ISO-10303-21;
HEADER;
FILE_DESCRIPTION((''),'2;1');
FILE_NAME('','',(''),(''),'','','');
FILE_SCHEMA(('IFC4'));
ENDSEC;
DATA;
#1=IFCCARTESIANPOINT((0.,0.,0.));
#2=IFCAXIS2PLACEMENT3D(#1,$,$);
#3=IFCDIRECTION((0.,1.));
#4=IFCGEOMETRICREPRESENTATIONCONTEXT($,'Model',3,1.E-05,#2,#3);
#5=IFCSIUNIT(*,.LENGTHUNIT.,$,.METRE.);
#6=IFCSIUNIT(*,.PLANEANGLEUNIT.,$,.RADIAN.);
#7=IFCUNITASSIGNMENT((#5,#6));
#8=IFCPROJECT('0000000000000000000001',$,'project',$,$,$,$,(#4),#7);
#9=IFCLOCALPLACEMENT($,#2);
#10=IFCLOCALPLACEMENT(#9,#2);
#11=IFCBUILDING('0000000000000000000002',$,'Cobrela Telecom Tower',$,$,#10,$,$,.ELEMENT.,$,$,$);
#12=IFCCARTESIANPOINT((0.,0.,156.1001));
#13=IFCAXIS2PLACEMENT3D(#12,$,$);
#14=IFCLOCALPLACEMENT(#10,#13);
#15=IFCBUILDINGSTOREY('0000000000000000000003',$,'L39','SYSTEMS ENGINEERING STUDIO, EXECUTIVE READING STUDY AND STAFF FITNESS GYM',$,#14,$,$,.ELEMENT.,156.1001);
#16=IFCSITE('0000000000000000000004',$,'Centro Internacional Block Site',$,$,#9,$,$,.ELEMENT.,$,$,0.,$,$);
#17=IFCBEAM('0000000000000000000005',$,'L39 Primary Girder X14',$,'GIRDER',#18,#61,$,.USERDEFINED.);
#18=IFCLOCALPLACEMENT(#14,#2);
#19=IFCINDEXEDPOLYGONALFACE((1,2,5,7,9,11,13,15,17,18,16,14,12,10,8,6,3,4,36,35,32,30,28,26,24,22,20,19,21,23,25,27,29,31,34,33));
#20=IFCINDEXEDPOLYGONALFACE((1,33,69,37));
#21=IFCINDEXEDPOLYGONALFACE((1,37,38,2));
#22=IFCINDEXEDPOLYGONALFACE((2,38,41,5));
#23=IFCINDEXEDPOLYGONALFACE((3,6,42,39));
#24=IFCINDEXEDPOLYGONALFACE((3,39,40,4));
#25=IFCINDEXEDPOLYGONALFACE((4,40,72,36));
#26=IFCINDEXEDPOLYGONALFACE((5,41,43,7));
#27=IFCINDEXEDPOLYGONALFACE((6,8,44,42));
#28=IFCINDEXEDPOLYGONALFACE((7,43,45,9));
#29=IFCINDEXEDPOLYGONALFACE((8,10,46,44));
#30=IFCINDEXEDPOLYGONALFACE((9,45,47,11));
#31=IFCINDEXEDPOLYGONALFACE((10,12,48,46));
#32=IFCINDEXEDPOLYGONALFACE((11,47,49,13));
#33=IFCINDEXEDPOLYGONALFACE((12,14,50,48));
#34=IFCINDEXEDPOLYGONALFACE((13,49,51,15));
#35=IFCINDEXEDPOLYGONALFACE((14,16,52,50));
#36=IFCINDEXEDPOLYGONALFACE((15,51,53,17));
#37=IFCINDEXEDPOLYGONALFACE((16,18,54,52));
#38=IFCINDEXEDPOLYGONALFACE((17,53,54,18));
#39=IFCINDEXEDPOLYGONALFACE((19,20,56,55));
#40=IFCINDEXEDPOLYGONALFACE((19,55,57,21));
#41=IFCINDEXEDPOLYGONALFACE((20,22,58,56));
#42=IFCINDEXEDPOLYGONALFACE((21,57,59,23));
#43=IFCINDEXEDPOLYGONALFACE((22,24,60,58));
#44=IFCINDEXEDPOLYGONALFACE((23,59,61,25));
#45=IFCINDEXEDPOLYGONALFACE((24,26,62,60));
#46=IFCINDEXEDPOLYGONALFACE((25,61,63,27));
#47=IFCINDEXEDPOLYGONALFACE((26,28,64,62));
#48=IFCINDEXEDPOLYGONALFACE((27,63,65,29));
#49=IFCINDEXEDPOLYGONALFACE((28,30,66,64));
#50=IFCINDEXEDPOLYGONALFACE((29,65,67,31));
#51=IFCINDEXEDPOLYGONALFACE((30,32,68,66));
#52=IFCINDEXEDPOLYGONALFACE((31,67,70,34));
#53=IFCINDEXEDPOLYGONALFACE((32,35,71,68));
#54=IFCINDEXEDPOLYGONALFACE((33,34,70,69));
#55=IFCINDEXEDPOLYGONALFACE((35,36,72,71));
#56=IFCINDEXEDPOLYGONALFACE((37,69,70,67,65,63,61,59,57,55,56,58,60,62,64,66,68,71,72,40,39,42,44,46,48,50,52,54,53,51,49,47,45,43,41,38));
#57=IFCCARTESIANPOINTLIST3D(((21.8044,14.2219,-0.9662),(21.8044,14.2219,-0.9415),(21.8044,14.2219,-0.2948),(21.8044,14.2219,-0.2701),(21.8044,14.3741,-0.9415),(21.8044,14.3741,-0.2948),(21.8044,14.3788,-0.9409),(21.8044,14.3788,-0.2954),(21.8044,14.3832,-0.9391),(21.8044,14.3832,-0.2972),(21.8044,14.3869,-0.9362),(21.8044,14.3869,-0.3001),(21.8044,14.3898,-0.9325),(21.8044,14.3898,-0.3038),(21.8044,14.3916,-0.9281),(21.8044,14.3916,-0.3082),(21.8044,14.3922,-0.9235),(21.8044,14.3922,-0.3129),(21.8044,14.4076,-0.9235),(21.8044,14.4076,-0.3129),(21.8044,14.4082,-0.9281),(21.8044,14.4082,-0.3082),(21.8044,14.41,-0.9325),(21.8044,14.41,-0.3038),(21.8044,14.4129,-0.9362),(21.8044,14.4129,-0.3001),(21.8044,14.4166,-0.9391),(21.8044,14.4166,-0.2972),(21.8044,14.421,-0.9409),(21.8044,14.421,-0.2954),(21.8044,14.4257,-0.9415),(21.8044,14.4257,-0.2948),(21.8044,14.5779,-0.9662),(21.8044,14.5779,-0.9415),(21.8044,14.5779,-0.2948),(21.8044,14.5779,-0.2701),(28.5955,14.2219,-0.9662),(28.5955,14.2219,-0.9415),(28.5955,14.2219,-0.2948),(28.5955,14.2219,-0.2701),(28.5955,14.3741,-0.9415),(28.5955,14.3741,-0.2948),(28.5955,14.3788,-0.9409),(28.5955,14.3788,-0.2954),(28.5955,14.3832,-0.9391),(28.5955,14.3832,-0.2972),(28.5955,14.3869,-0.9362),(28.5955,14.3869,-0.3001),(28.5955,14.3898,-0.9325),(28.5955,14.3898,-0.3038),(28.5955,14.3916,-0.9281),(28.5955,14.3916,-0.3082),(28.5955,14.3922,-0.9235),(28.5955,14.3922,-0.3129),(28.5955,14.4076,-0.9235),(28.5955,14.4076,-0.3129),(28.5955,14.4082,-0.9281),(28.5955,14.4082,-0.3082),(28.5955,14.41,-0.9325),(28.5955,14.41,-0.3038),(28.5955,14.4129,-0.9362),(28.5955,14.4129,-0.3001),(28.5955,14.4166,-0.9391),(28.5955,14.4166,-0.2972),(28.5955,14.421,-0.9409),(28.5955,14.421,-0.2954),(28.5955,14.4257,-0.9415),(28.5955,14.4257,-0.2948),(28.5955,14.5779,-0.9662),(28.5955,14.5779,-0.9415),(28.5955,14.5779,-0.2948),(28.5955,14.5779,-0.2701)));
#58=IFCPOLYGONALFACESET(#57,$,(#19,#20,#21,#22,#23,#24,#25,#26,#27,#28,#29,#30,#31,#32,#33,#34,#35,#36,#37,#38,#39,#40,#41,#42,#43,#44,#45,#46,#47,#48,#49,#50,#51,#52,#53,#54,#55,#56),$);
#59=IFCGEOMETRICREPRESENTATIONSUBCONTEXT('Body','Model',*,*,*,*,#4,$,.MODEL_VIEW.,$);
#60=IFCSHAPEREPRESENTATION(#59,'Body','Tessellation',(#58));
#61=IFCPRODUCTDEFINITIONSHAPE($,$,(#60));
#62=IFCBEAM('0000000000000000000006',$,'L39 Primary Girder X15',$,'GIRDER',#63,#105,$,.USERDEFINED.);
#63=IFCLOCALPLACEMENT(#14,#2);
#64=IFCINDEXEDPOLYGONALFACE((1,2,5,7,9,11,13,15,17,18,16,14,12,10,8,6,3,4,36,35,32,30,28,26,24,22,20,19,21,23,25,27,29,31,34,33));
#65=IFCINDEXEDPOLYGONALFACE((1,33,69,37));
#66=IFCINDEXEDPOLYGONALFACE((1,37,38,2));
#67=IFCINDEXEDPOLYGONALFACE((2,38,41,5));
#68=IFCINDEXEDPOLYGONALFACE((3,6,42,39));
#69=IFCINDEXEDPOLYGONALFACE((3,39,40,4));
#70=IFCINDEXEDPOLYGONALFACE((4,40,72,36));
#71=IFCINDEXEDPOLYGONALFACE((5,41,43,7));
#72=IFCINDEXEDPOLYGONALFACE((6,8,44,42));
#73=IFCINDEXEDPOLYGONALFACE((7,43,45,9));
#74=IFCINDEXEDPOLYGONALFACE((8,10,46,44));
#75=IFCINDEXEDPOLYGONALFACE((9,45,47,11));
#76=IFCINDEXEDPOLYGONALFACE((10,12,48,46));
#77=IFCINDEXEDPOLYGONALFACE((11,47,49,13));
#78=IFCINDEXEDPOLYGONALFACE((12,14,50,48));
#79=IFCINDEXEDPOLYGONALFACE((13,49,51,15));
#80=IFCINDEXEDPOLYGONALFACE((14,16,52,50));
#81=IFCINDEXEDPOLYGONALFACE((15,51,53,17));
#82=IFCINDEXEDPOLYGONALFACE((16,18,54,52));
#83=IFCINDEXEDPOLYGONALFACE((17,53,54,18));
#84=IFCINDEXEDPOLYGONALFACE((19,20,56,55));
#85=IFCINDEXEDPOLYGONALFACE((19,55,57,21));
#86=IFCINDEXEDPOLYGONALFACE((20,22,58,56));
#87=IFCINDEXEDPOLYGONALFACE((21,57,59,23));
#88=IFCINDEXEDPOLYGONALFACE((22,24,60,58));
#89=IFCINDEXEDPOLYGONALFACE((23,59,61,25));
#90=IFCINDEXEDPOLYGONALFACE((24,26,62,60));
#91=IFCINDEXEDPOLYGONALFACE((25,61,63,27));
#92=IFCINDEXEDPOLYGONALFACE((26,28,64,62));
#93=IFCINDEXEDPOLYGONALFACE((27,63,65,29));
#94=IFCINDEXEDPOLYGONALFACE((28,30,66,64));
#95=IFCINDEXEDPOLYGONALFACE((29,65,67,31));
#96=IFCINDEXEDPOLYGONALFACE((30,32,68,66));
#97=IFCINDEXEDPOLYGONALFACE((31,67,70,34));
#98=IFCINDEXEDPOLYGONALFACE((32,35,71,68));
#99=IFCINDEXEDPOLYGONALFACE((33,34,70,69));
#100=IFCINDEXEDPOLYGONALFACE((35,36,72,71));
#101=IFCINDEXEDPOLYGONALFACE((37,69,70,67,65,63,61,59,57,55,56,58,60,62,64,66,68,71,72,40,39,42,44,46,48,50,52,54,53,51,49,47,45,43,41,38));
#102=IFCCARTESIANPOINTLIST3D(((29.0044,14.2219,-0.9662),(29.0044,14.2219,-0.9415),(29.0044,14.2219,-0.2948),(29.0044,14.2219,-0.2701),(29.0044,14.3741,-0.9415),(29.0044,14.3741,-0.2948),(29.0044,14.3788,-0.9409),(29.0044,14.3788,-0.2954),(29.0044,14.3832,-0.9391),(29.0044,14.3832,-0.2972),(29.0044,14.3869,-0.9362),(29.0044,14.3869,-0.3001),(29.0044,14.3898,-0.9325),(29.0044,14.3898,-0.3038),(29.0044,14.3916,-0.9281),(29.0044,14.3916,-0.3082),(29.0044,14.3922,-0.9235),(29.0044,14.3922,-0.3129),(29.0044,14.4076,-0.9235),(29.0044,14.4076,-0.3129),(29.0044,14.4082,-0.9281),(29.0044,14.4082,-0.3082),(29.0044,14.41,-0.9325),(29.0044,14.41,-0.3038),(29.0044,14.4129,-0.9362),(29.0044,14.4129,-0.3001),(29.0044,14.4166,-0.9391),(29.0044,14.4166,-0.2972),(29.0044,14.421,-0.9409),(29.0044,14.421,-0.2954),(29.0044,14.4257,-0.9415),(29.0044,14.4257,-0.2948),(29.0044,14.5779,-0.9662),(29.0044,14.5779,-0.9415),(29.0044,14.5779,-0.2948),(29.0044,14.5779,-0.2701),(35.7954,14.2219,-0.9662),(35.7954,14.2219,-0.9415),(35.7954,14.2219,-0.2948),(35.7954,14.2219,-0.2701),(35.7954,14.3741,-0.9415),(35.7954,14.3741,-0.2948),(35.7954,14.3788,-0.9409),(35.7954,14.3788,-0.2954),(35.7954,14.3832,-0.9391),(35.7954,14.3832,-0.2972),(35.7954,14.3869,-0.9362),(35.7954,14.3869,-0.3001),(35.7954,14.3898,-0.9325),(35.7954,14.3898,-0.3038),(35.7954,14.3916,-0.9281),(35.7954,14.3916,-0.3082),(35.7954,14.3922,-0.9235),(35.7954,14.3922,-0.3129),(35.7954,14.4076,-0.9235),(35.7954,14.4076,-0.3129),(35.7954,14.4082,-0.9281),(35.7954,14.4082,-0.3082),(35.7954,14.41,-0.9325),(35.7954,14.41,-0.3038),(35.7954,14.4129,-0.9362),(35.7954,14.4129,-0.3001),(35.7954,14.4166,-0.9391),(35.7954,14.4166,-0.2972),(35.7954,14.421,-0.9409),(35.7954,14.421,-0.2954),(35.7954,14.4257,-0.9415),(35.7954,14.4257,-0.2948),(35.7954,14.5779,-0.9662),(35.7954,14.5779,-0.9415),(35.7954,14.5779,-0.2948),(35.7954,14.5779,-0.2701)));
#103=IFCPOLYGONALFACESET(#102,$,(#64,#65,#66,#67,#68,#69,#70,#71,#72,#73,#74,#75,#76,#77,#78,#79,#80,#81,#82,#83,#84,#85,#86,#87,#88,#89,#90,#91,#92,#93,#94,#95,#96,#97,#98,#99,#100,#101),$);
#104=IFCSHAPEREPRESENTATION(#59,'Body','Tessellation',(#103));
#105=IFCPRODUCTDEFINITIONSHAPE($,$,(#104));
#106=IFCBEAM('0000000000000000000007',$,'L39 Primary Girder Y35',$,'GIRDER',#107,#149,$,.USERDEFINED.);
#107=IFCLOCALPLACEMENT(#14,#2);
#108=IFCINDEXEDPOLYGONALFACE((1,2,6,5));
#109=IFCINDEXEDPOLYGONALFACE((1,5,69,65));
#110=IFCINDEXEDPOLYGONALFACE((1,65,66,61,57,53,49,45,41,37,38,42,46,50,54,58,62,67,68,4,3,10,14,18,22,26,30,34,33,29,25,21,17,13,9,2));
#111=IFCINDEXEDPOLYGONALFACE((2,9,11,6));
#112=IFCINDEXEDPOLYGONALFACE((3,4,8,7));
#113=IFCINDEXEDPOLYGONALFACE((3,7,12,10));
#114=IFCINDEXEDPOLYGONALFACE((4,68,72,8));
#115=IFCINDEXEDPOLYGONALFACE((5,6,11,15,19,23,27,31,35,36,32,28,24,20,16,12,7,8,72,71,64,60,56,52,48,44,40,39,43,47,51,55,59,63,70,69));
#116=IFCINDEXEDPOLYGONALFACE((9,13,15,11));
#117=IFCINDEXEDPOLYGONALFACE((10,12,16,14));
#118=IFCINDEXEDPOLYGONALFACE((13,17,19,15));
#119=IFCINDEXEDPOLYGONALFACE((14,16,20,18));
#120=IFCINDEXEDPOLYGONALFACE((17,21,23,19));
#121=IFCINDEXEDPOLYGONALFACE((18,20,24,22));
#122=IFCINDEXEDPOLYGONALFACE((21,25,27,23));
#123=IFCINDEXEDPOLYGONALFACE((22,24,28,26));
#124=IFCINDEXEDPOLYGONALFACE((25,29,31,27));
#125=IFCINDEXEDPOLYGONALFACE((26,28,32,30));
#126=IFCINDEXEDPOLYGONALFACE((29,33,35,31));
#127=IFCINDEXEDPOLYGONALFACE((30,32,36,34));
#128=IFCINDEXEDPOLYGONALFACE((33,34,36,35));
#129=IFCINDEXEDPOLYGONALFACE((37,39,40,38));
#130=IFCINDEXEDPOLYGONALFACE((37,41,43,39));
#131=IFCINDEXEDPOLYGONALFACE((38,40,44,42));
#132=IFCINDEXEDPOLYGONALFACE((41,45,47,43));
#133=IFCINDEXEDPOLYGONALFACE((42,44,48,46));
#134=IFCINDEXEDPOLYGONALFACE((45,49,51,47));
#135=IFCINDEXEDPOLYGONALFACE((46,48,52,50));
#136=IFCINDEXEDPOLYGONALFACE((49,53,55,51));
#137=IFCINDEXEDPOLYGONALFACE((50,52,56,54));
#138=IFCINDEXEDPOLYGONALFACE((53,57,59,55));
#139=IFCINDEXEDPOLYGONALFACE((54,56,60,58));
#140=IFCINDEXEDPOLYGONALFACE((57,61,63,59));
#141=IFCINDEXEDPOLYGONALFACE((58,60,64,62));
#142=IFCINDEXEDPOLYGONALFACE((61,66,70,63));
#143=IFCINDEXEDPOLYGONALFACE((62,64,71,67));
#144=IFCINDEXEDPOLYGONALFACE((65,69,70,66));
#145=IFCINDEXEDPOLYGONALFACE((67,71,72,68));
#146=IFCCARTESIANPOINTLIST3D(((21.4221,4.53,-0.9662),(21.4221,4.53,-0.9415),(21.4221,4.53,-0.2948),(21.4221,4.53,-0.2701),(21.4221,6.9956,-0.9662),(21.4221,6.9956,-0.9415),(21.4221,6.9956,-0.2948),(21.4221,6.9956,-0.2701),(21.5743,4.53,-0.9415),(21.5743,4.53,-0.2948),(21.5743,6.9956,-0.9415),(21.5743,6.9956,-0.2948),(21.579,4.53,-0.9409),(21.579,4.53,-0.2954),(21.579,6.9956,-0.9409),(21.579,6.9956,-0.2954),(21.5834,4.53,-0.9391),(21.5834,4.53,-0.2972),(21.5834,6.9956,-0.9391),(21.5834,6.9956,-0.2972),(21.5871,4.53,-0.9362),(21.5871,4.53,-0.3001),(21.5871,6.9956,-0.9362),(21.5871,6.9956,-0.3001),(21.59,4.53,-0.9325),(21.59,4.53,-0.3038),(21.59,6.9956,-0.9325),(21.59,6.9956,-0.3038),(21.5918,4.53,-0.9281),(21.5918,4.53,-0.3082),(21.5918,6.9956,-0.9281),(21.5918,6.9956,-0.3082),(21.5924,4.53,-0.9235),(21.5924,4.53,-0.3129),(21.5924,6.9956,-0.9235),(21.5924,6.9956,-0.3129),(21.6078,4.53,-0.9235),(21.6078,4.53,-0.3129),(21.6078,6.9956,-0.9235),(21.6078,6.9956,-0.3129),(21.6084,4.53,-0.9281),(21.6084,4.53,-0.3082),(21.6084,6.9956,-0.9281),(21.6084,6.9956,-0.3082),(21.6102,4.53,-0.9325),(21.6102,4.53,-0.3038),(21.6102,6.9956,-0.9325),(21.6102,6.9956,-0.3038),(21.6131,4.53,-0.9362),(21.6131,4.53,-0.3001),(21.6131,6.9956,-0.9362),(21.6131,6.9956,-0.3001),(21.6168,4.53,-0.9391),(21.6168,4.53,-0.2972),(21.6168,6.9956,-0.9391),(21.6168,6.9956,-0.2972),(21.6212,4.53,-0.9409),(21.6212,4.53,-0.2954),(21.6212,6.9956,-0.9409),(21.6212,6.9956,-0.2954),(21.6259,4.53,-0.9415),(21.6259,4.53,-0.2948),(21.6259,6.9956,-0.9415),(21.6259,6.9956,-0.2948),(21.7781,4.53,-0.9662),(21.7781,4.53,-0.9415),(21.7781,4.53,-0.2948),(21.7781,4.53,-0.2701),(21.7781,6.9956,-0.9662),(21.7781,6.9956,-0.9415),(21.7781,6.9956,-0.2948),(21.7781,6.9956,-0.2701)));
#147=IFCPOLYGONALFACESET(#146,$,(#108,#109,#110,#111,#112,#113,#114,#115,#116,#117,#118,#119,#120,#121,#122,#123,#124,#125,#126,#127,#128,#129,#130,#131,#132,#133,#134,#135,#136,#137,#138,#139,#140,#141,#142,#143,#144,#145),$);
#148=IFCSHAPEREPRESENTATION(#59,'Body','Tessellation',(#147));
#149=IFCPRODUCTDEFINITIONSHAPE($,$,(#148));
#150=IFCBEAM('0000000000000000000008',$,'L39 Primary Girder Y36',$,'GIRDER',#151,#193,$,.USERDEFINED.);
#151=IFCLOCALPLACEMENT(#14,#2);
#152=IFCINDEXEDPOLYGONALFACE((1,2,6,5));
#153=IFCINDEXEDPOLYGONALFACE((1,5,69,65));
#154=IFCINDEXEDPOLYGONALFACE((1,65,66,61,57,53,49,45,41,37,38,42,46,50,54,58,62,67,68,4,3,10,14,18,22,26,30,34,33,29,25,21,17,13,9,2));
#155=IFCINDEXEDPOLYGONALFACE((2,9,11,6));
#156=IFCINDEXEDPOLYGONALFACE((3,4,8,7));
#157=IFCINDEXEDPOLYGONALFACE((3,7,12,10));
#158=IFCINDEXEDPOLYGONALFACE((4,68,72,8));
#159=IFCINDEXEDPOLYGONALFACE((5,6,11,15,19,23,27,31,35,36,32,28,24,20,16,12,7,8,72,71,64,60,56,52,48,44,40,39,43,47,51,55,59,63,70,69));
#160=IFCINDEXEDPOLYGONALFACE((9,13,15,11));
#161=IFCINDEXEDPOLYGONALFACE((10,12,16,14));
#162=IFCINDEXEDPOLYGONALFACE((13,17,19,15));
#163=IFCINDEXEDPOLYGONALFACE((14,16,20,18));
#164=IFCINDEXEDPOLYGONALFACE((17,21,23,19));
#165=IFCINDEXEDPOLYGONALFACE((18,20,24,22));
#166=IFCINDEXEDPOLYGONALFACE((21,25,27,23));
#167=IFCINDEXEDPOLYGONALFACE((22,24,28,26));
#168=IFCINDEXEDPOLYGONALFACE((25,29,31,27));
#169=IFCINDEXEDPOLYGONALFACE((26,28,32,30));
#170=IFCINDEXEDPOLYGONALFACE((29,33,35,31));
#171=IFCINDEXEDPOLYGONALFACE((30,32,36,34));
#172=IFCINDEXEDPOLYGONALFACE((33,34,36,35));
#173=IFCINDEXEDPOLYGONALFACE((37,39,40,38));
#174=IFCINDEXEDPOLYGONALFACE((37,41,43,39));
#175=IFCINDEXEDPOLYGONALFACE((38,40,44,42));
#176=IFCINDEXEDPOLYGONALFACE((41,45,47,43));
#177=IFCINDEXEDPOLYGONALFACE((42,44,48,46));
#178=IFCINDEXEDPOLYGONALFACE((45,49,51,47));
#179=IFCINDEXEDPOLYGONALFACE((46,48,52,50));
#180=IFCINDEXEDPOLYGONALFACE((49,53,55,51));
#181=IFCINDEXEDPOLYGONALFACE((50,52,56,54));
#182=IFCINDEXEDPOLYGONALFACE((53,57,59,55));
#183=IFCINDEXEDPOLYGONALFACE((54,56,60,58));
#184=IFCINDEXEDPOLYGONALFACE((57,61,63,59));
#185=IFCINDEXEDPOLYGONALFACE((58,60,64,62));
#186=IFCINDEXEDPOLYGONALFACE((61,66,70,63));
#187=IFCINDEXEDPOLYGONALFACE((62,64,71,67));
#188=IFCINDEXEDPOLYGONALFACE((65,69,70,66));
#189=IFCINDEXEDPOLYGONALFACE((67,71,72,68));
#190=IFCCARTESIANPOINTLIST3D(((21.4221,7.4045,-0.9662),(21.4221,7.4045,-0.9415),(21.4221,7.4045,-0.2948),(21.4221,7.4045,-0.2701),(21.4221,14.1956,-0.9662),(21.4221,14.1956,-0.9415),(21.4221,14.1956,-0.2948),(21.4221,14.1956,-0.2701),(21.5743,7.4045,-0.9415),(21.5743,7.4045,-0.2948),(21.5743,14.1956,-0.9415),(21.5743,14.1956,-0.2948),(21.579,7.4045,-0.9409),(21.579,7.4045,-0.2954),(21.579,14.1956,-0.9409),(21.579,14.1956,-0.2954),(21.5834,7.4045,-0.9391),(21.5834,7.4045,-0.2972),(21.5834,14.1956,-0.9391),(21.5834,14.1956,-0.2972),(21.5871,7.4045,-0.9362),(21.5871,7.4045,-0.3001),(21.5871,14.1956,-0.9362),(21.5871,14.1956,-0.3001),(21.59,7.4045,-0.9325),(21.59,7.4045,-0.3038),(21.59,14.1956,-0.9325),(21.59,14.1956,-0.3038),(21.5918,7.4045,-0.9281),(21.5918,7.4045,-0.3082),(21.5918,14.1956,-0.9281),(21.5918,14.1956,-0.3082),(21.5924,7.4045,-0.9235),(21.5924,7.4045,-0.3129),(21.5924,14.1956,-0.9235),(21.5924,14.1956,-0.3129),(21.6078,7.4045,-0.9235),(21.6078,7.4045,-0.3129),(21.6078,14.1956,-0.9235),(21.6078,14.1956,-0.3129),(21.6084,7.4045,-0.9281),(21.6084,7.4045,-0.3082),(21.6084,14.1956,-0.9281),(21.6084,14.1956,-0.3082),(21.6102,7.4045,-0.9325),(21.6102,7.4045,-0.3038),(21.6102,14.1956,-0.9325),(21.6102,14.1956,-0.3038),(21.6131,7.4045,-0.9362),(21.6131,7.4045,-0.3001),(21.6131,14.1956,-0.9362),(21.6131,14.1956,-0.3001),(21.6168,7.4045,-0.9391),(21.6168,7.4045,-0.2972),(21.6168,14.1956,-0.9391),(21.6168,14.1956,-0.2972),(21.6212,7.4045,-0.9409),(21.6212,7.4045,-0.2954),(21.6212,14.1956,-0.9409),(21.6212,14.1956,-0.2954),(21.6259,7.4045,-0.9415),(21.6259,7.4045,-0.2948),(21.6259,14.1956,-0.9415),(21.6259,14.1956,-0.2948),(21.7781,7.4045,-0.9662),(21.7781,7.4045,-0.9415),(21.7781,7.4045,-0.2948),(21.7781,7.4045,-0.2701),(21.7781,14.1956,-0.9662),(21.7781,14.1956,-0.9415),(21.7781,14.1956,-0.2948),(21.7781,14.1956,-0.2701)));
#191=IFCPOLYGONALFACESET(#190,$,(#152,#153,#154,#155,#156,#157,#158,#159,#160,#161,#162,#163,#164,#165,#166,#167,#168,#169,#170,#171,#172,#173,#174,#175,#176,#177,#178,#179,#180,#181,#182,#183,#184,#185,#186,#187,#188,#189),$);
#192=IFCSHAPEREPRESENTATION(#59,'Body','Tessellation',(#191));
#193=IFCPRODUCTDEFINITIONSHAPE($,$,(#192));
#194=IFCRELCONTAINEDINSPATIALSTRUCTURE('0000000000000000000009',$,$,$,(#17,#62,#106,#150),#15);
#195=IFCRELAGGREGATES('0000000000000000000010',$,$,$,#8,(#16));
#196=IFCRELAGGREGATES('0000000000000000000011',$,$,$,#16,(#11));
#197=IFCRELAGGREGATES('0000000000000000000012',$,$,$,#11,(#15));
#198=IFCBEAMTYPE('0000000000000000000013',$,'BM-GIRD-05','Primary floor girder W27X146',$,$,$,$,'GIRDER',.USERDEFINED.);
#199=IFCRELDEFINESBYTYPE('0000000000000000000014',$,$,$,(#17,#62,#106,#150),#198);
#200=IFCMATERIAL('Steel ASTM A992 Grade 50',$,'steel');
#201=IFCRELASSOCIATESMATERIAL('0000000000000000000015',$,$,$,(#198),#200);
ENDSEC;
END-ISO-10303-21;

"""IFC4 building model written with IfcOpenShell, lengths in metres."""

from ifc_helpers import new_model, si_unit, direction, frame, origin, origin_2d, place, context, subcontext, project, spatial, i_section, extrude, material, material_profile, profile_set, type_object, element, save


model = new_model("IFC4")

# Units and contexts
model_context = context("Model", 3, precision=1e-05, world=origin(), true_north=direction((0.0, 1.0)))
body_context = subcontext(model_context, "Body", "Model", "MODEL_VIEW")
ifc_project = project(units=[si_unit("LENGTHUNIT", "METRE"), si_unit("PLANEANGLEUNIT", "RADIAN")], contexts=[model_context])

# Site, building, storey
site_placement = place(None, origin())
site = spatial("IfcSite", under=ifc_project, at=site_placement, Name="Centro Internacional Block Site", CompositionType="ELEMENT", RefElevation=0.0)
building_placement = place(site_placement, origin())
building = spatial("IfcBuilding", under=site, at=building_placement, Name="Cobrela Telecom Tower", CompositionType="ELEMENT")
storey_placement = place(building_placement, frame((0.0, 0.0, 156.1001)))
storey = spatial("IfcBuildingStorey", under=building, at=storey_placement, Name="L39", Description="SYSTEMS ENGINEERING STUDIO, EXECUTIVE READING STUDY AND STAFF FITNESS GYM", CompositionType="ELEMENT", Elevation=156.1001)

# Shared definitions
ifc_material_1 = material(Name="Steel ASTM A992 Grade 50", Category="steel")

# Beams
ifc_material_profile_1 = material_profile(ifc_material_1, i_section(OverallWidth=0.356, OverallDepth=0.696, WebThickness=0.0154, FlangeThickness=0.0247, FilletRadius=0.0181, at=origin_2d()), Name="W27X146")
ifc_profile_set_1 = profile_set([ifc_material_profile_1], Name="Steel ASTM A992 Grade 50")
beam_type_1 = type_object("IfcBeamType", Name="BM-GIRD-05", Description="Primary floor girder W27X146", ElementType="GIRDER", PredefinedType="USERDEFINED", material=ifc_profile_set_1)
for number, where, z_axis, x_axis, name in (
    (1, (21.8044, 14.3999, -0.6182), (1.0, 0.0, 0.0), (0.0, 1.0, 0.0), "L39 Primary Girder X14"),
    (2, (29.0044, 14.3999, -0.6182), (1.0, 0.0, 0.0), (0.0, 1.0, 0.0), "L39 Primary Girder X15"),
):
    element("IfcBeam", number, at=place(storey_placement, frame(where, z_axis=z_axis, x_axis=x_axis)), inside=storey, type_object=beam_type_1, Name=name, ObjectType="GIRDER", PredefinedType="USERDEFINED", context=body_context, shape_type="SweptSolid", body=[
        extrude(i_section(OverallWidth=0.356, OverallDepth=0.696, WebThickness=0.0154, FlangeThickness=0.0247, FilletRadius=0.0181, at=origin_2d()), origin(), (0.0, 0.0, 1.0), 6.791),
    ])
beam_1_placement = place(storey_placement, frame((21.6001, 4.53, -0.6182), z_axis=(0.0, 1.0, 0.0), x_axis=(-1.0, 0.0, 0.0)))
element("IfcBeam", 3, at=beam_1_placement, inside=storey, type_object=beam_type_1, Name="L39 Primary Girder Y35", ObjectType="GIRDER", PredefinedType="USERDEFINED", context=body_context, shape_type="SweptSolid", body=[
    extrude(i_section(OverallWidth=0.356, OverallDepth=0.696, WebThickness=0.0154, FlangeThickness=0.0247, FilletRadius=0.0181, at=origin_2d()), origin(), (0.0, 0.0, 1.0), 2.4656),
])
beam_2_placement = place(storey_placement, frame((21.6001, 7.4045, -0.6182), z_axis=(0.0, 1.0, 0.0), x_axis=(-1.0, 0.0, 0.0)))
element("IfcBeam", 4, at=beam_2_placement, inside=storey, type_object=beam_type_1, Name="L39 Primary Girder Y36", ObjectType="GIRDER", PredefinedType="USERDEFINED", context=body_context, shape_type="SweptSolid", body=[
    extrude(i_section(OverallWidth=0.356, OverallDepth=0.696, WebThickness=0.0154, FlangeThickness=0.0247, FilletRadius=0.0181, at=origin_2d()), origin(), (0.0, 0.0, 1.0), 6.791),
])

save(model, "model.ifc")
